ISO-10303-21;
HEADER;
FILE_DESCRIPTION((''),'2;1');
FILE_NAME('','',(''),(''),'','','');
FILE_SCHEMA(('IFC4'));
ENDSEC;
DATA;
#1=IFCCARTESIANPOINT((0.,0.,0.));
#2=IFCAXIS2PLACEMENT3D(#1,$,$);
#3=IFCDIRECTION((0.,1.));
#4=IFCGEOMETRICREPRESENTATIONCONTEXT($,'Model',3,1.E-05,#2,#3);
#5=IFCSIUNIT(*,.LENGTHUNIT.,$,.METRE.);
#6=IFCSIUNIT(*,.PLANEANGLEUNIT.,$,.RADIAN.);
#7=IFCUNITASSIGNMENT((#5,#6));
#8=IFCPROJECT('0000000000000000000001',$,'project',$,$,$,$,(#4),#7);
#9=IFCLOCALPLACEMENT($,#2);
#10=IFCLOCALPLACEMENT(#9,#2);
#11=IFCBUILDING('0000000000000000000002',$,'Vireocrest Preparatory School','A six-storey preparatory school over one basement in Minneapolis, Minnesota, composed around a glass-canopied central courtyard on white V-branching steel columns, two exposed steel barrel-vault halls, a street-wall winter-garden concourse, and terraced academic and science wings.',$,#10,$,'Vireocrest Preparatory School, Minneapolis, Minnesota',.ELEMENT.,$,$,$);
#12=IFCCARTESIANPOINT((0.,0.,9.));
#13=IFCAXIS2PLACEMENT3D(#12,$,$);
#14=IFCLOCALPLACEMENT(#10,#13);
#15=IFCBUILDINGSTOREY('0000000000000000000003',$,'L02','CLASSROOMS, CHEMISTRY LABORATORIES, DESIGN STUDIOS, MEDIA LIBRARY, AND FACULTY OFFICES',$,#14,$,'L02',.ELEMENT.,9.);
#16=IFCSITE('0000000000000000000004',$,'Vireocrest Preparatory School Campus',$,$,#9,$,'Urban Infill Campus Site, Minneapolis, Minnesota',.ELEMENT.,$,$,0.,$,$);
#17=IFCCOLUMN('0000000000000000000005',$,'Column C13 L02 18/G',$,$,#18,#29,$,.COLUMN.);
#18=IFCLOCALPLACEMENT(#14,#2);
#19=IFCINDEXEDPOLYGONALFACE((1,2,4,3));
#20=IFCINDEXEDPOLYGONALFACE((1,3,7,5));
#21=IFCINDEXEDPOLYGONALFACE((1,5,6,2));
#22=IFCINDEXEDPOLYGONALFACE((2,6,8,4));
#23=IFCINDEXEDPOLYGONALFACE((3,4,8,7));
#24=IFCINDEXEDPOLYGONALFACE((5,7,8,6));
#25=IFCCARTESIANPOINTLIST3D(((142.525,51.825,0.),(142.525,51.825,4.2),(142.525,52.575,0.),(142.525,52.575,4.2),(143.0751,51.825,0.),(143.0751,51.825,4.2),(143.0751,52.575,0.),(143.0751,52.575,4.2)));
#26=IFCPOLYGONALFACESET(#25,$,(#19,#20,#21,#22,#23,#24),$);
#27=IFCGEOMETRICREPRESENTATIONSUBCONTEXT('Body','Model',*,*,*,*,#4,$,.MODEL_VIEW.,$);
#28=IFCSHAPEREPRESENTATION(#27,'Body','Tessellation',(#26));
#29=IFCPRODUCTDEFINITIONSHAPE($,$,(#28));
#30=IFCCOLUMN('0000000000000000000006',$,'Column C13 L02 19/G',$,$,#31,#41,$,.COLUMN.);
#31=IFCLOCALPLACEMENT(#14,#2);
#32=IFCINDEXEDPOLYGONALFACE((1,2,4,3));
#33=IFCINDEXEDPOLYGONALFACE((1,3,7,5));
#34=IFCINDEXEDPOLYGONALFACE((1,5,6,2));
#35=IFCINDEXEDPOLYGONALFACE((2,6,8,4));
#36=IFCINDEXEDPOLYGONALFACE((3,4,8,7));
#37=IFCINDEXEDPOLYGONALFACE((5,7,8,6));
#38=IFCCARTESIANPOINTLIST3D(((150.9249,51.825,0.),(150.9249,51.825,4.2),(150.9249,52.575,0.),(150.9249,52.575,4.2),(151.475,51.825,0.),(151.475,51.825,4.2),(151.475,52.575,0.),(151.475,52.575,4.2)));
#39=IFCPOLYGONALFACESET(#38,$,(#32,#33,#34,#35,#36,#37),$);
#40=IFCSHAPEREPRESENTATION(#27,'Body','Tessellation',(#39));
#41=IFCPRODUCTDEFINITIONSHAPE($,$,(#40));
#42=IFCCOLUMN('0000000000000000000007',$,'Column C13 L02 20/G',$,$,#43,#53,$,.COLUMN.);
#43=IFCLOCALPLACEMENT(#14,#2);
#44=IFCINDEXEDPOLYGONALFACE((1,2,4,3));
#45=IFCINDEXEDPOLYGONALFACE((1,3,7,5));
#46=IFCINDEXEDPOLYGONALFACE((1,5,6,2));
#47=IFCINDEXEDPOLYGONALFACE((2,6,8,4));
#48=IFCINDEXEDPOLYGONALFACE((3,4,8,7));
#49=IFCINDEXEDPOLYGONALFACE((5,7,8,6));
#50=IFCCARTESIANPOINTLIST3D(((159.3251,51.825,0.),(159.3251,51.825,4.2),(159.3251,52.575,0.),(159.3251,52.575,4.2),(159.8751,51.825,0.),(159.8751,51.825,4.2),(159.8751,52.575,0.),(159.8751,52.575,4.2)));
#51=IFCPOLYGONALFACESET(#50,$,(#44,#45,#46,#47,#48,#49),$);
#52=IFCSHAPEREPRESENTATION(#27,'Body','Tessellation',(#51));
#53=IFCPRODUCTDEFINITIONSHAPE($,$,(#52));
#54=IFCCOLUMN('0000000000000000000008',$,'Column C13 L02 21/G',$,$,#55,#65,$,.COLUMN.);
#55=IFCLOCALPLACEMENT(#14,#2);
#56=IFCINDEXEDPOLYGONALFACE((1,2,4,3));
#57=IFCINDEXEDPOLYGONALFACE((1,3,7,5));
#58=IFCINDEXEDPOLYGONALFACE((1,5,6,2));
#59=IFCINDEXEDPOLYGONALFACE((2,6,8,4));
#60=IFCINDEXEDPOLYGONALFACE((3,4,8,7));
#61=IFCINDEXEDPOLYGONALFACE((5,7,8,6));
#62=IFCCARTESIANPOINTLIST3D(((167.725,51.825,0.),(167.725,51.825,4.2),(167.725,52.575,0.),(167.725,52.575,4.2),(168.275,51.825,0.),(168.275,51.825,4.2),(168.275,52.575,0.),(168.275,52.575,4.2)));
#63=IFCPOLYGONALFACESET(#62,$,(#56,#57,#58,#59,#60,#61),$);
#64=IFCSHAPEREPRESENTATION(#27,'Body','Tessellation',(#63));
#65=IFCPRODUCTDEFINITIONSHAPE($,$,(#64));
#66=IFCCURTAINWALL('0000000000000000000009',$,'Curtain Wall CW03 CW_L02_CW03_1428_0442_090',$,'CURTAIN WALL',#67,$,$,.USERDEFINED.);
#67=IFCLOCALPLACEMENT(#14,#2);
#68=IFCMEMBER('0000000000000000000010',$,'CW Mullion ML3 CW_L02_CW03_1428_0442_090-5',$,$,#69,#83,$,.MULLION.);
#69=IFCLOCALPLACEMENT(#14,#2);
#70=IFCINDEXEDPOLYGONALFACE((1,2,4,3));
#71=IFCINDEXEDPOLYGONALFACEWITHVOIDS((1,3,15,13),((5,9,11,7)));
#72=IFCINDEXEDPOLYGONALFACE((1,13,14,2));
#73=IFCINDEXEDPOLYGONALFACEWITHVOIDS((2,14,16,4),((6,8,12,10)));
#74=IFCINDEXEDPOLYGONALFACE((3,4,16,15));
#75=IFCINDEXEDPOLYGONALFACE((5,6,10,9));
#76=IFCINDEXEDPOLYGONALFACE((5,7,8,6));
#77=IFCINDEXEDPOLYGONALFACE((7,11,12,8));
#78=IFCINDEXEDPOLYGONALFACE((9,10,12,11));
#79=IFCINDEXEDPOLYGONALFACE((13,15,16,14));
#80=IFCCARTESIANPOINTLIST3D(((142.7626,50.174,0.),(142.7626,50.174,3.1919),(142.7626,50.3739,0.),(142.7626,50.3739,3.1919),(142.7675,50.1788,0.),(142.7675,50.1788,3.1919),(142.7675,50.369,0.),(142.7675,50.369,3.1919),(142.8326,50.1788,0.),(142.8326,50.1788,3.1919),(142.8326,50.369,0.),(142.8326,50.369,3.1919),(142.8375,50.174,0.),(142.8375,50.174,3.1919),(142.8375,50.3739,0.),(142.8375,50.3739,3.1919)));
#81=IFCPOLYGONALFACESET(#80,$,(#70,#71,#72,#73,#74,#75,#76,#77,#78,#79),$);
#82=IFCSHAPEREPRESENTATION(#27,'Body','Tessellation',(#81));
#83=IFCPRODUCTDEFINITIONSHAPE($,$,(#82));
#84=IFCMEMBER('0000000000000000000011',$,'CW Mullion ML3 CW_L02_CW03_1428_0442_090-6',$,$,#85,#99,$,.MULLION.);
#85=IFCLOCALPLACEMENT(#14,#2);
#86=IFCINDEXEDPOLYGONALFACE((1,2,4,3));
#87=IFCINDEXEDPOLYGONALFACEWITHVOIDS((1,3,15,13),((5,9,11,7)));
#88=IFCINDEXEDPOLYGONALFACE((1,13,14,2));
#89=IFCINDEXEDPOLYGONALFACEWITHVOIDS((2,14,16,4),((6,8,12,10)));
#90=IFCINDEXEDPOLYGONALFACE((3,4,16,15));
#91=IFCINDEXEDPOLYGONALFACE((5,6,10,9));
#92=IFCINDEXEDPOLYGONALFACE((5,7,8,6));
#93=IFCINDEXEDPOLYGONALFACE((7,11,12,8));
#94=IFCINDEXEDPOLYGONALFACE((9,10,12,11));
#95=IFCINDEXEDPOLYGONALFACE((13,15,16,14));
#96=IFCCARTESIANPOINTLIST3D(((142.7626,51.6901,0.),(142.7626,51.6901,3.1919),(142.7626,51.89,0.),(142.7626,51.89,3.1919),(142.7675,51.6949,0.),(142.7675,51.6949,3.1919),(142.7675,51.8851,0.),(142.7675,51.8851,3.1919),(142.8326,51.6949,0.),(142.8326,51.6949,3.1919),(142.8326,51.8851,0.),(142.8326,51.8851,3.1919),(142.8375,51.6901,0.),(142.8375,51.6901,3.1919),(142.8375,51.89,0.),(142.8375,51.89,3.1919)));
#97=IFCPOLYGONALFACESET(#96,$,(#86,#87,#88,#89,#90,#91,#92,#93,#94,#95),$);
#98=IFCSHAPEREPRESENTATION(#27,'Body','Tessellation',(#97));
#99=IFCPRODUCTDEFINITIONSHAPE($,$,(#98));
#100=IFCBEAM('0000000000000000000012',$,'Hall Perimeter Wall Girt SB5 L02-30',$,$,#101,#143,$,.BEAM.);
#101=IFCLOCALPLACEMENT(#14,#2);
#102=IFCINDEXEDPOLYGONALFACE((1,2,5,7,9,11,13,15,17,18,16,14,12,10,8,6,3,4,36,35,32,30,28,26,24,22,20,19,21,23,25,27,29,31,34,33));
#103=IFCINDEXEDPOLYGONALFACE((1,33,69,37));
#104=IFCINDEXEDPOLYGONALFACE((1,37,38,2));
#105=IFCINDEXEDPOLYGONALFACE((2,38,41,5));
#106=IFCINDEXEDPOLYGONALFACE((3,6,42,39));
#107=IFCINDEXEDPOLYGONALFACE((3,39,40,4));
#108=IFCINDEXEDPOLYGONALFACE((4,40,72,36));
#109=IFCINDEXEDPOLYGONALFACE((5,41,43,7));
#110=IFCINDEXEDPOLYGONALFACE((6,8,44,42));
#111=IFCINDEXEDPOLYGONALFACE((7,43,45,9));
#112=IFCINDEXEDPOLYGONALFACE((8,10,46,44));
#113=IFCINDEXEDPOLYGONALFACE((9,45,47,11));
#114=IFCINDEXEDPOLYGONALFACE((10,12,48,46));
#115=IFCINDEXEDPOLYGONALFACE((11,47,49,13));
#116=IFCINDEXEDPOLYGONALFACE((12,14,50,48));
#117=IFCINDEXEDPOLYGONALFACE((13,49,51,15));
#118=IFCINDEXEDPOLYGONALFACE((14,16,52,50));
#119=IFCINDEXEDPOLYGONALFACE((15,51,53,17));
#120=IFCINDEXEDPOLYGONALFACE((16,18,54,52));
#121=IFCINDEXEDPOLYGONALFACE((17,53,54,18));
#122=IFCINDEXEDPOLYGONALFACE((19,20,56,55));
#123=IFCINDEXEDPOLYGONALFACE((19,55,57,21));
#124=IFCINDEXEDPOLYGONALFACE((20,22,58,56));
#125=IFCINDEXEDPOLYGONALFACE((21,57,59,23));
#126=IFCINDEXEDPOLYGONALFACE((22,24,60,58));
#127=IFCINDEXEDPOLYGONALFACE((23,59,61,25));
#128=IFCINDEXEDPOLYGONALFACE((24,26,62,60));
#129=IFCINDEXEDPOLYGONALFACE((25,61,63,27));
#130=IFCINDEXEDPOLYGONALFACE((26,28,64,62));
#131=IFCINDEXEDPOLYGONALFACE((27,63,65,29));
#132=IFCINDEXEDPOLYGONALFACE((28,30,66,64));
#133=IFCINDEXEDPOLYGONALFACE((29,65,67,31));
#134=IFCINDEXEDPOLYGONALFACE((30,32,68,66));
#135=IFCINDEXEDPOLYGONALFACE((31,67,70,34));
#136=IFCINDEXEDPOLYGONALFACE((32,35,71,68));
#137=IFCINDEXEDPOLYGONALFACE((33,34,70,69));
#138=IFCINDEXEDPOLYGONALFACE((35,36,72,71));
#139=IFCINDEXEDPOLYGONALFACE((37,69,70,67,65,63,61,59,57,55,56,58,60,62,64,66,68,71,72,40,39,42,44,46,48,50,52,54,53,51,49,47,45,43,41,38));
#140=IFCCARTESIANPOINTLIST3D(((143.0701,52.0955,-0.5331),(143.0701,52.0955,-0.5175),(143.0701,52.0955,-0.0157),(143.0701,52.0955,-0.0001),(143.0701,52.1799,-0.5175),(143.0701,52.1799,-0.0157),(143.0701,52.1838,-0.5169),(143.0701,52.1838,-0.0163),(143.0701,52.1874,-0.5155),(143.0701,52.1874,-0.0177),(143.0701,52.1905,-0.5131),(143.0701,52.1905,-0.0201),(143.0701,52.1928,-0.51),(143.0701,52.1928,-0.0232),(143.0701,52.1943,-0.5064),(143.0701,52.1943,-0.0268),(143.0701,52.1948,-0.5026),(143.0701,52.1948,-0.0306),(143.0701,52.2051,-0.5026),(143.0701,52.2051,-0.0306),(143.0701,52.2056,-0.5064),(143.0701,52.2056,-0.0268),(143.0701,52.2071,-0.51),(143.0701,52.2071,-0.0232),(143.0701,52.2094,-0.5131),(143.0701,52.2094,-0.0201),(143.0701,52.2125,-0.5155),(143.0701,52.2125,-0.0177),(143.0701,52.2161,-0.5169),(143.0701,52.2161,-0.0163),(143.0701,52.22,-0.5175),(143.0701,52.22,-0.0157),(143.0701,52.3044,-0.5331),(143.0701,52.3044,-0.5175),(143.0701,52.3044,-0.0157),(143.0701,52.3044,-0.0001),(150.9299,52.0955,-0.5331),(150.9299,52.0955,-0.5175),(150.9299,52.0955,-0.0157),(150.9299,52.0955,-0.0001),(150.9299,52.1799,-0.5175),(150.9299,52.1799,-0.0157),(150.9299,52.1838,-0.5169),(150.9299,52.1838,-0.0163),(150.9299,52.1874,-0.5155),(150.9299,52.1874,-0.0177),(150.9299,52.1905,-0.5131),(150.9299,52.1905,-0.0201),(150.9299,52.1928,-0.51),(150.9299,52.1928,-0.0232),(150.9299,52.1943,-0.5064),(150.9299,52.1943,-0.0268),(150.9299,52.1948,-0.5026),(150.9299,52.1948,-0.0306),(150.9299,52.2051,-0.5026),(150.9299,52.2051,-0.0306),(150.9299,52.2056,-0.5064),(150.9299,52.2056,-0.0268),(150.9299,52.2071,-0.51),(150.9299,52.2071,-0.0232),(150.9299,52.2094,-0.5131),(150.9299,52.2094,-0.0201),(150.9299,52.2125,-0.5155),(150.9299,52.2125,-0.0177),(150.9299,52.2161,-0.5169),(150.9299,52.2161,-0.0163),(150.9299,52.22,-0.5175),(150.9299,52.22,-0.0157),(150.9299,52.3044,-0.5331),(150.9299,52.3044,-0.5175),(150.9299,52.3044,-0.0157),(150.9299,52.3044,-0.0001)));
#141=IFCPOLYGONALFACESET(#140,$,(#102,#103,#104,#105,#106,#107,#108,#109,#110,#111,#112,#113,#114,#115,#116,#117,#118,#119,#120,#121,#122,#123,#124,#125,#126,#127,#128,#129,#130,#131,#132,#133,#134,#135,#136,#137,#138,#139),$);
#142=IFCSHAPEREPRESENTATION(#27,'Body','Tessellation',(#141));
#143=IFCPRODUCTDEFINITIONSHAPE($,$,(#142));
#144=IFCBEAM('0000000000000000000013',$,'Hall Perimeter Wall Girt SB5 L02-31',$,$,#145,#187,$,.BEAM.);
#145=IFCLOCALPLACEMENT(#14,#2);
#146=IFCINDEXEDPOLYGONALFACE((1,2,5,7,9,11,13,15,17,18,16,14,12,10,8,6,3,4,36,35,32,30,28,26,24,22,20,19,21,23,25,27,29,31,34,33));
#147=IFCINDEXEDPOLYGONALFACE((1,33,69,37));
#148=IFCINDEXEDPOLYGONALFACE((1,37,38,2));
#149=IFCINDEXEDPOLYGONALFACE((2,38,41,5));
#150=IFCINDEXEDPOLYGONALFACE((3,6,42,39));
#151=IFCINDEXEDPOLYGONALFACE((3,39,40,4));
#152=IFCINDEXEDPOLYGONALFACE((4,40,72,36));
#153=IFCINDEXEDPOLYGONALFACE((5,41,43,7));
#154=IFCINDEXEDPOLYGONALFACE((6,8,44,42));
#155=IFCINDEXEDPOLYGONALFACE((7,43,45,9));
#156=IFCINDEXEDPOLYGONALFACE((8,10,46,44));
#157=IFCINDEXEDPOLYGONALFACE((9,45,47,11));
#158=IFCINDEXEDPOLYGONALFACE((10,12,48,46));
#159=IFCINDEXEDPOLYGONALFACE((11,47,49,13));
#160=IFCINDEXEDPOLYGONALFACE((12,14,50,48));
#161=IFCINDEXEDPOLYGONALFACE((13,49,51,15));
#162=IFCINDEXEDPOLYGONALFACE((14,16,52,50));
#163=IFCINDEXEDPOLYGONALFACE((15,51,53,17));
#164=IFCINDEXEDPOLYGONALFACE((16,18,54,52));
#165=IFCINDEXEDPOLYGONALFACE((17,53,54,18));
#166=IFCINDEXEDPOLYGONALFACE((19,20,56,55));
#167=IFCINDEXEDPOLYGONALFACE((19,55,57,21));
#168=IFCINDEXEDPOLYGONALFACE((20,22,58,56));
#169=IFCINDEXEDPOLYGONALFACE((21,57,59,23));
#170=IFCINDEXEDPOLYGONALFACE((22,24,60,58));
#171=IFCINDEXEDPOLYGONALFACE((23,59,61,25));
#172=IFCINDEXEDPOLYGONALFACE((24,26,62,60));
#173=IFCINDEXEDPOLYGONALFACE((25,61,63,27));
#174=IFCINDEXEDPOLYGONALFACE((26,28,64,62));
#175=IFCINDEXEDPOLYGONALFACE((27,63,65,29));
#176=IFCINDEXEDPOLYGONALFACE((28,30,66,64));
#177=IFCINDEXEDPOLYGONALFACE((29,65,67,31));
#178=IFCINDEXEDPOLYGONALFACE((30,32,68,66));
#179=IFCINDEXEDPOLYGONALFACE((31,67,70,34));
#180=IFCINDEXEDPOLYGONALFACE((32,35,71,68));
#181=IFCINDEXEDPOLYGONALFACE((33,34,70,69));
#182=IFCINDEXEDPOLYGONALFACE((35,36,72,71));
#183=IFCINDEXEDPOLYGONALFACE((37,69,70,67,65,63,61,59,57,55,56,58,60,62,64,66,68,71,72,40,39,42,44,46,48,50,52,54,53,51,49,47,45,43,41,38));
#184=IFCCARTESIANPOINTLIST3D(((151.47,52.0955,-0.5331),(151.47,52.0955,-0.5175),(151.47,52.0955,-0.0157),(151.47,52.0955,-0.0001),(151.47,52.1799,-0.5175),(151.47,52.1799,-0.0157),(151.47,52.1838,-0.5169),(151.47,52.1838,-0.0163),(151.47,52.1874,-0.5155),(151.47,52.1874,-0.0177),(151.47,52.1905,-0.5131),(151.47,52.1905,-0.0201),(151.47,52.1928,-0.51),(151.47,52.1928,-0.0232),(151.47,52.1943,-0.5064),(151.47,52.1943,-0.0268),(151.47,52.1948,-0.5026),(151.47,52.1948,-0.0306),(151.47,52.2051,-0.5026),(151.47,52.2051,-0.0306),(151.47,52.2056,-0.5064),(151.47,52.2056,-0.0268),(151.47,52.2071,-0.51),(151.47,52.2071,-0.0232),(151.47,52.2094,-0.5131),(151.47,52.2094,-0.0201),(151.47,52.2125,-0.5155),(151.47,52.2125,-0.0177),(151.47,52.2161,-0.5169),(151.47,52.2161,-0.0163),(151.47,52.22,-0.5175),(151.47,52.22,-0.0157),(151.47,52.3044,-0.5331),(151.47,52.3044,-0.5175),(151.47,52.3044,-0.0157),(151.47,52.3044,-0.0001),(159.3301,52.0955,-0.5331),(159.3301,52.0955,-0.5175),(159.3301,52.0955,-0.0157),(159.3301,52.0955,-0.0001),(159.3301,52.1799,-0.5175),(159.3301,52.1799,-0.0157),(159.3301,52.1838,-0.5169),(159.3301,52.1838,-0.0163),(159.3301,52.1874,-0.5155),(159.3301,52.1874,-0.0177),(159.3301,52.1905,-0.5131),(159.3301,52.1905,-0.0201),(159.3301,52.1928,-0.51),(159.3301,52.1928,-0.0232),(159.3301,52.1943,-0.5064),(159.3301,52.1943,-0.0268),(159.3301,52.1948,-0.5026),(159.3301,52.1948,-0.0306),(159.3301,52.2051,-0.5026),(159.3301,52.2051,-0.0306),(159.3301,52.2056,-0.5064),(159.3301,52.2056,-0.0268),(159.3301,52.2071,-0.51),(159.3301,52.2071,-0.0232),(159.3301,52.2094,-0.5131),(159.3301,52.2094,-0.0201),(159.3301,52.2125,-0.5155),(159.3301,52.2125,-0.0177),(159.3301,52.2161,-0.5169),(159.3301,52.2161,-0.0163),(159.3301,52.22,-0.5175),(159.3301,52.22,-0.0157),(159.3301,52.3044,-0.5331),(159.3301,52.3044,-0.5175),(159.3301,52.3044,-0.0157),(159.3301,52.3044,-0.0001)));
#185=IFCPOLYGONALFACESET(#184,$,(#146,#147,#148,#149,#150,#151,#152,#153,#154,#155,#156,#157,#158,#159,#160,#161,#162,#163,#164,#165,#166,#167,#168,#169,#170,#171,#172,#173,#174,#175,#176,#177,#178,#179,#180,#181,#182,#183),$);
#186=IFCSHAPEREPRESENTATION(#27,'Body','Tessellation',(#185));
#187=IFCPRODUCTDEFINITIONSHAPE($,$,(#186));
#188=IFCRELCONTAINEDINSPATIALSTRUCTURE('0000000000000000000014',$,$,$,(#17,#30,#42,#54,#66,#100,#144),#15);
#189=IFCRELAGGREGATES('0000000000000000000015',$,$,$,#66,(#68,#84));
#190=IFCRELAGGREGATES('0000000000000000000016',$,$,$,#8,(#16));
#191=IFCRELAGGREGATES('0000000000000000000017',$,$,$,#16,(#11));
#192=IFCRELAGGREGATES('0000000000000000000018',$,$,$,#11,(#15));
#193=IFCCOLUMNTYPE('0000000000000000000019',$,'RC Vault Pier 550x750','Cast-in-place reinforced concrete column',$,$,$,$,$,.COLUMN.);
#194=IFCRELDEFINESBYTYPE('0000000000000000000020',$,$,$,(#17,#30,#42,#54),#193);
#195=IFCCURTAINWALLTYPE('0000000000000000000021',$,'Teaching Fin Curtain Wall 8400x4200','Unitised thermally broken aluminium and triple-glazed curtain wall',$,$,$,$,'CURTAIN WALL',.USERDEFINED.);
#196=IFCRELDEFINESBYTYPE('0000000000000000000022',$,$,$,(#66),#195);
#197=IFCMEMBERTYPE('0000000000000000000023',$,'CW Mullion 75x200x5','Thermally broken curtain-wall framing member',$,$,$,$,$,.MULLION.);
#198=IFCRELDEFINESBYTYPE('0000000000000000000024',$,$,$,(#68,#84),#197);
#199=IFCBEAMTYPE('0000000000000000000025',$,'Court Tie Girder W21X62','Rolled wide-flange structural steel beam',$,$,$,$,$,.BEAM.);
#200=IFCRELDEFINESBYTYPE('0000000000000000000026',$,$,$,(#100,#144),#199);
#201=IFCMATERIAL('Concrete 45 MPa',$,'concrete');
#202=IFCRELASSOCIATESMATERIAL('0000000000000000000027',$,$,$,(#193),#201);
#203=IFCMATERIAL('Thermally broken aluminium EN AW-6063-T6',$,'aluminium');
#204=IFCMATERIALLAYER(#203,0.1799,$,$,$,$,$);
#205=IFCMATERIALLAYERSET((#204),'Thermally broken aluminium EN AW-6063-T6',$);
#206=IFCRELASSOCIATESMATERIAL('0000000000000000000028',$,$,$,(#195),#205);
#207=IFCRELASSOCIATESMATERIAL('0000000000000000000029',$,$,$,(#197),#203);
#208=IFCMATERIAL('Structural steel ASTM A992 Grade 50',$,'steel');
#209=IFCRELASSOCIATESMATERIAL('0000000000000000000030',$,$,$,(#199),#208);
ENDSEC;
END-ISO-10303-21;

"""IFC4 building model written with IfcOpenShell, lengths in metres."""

from ifc_helpers import new_model, si_unit, direction, frame, origin, origin_2d, place, context, subcontext, project, spatial, rectangle, hollow_rectangle, i_section, extrude, material, layer, layer_set, material_profile, profile_set, type_object, element, aggregate, save


model = new_model("IFC4")

# Units and contexts
model_context = context("Model", 3, precision=1e-05, world=origin(), true_north=direction((0.0, 1.0)))
body_context = subcontext(model_context, "Body", "Model", "MODEL_VIEW")
ifc_project = project(units=[si_unit("LENGTHUNIT", "METRE"), si_unit("PLANEANGLEUNIT", "RADIAN")], contexts=[model_context])

# Site, building, storey
site_placement = place(None, origin())
site = spatial("IfcSite", under=ifc_project, at=site_placement, Name="Vireocrest Preparatory School Campus", LongName="Urban Infill Campus Site, Minneapolis, Minnesota", CompositionType="ELEMENT", RefElevation=0.0)
building_placement = place(site_placement, origin())
building = spatial("IfcBuilding", under=site, at=building_placement, Name="Vireocrest Preparatory School", Description="A six-storey preparatory school over one basement in Minneapolis, Minnesota, composed around a glass-canopied central courtyard on white V-branching steel columns, two exposed steel barrel-vault halls, a street-wall winter-garden concourse, and terraced academic and science wings.", LongName="Vireocrest Preparatory School, Minneapolis, Minnesota", CompositionType="ELEMENT")
storey_placement = place(building_placement, frame((0.0, 0.0, 9.0)))
storey = spatial("IfcBuildingStorey", under=building, at=storey_placement, Name="L02", Description="CLASSROOMS, CHEMISTRY LABORATORIES, DESIGN STUDIOS, MEDIA LIBRARY, AND FACULTY OFFICES", LongName="L02", CompositionType="ELEMENT", Elevation=9.0)

# Columns
ifc_material_1 = material(Name="Concrete 45 MPa", Category="concrete")
ifc_material_profile_1 = material_profile(ifc_material_1, rectangle(XDim=0.55, YDim=0.75, at=origin_2d()), Name="RC 550x750")
ifc_profile_set_1 = profile_set([ifc_material_profile_1], Name="Concrete 45 MPa")
column_type = type_object("IfcColumnType", Name="RC Vault Pier 550x750", Description="Cast-in-place reinforced concrete column", PredefinedType="COLUMN", material=ifc_profile_set_1)
for number, where, z_axis, x_axis, name in (
    (1, (142.8, 52.2, 0.0), (0.0, 0.0, 1.0), (1.0, 0.0, 0.0), "Column C13 L02 18/G"),
    (2, (151.2, 52.2, 0.0), (0.0, 0.0, 1.0), (1.0, 0.0, 0.0), "Column C13 L02 19/G"),
    (3, (159.6001, 52.2, 0.0), (0.0, 0.0, 1.0), (1.0, 0.0, 0.0), "Column C13 L02 20/G"),
    (4, (168.0, 52.2, 0.0), (0.0, 0.0, 1.0), (1.0, 0.0, 0.0), "Column C13 L02 21/G"),
):
    element("IfcColumn", number, at=place(storey_placement, frame(where, z_axis=z_axis, x_axis=x_axis)), inside=storey, type_object=column_type, Name=name, PredefinedType="COLUMN", context=body_context, shape_type="SweptSolid", body=[
        extrude(rectangle(XDim=0.55, YDim=0.75, at=origin_2d()), origin(), (0.0, 0.0, 1.0), 4.2),
    ])

# Curtain wall, members
ifc_material_2 = material(Name="Thermally broken aluminium EN AW-6063-T6", Category="aluminium")
ifc_layer_1 = layer(ifc_material_2, 0.1799)
ifc_layer_set_1 = layer_set([ifc_layer_1], Name="Thermally broken aluminium EN AW-6063-T6")
curtain_wall_type = type_object("IfcCurtainWallType", Name="Teaching Fin Curtain Wall 8400x4200", Description="Unitised thermally broken aluminium and triple-glazed curtain wall", ElementType="CURTAIN WALL", PredefinedType="USERDEFINED", material=ifc_layer_set_1)
curtain_wall_placement = place(storey_placement, origin())
curtain_wall = element("IfcCurtainWall", 5, at=curtain_wall_placement, inside=storey, type_object=curtain_wall_type, Name="Curtain Wall CW03 CW_L02_CW03_1428_0442_090", ObjectType="CURTAIN WALL", PredefinedType="USERDEFINED")
ifc_material_profile_2 = material_profile(ifc_material_2, hollow_rectangle(XDim=0.075, YDim=0.2, WallThickness=0.0049, at=origin_2d()), Name="ALU 75x200x5")
ifc_profile_set_2 = profile_set([ifc_material_profile_2], Name="Thermally broken aluminium EN AW-6063-T6")
member_type = type_object("IfcMemberType", Name="CW Mullion 75x200x5", Description="Thermally broken curtain-wall framing member", PredefinedType="MULLION", material=ifc_profile_set_2)
member_1_placement = place(storey_placement, frame((142.8, 50.2739, 0.0), z_axis=(0.0, 0.0, 1.0), x_axis=(1.0, 0.0, 0.0)))
member_1 = element("IfcMember", 6, at=member_1_placement, type_object=member_type, Name="CW Mullion ML3 CW_L02_CW03_1428_0442_090-5", PredefinedType="MULLION", context=body_context, shape_type="SweptSolid", body=[
    extrude(hollow_rectangle(XDim=0.075, YDim=0.2, WallThickness=0.0049, at=origin_2d()), origin(), (0.0, 0.0, 1.0), 3.1919),
])
member_2_placement = place(storey_placement, frame((142.8, 51.79, 0.0), z_axis=(0.0, 0.0, 1.0), x_axis=(1.0, 0.0, 0.0)))
member_2 = element("IfcMember", 7, at=member_2_placement, type_object=member_type, Name="CW Mullion ML3 CW_L02_CW03_1428_0442_090-6", PredefinedType="MULLION", context=body_context, shape_type="SweptSolid", body=[
    extrude(hollow_rectangle(XDim=0.075, YDim=0.2, WallThickness=0.0049, at=origin_2d()), origin(), (0.0, 0.0, 1.0), 3.1919),
])

# Beams
ifc_material_3 = material(Name="Structural steel ASTM A992 Grade 50", Category="steel")
ifc_material_profile_3 = material_profile(ifc_material_3, i_section(OverallWidth=0.209, OverallDepth=0.533, WebThickness=0.0103, FlangeThickness=0.0156, FilletRadius=0.0149, at=origin_2d()), Name="W21X62")
ifc_profile_set_3 = profile_set([ifc_material_profile_3], Name="Structural steel ASTM A992 Grade 50")
beam_type = type_object("IfcBeamType", Name="Court Tie Girder W21X62", Description="Rolled wide-flange structural steel beam", PredefinedType="BEAM", material=ifc_profile_set_3)
beam_1_placement = place(storey_placement, frame((143.0701, 52.2, -0.2666), z_axis=(1.0, 0.0, 0.0), x_axis=(0.0, 1.0, 0.0)))
element("IfcBeam", 8, at=beam_1_placement, inside=storey, type_object=beam_type, Name="Hall Perimeter Wall Girt SB5 L02-30", PredefinedType="BEAM", context=body_context, shape_type="SweptSolid", body=[
    extrude(i_section(OverallWidth=0.209, OverallDepth=0.533, WebThickness=0.0103, FlangeThickness=0.0156, FilletRadius=0.0149, at=origin_2d()), origin(), (0.0, 0.0, 1.0), 7.8599),
])
beam_2_placement = place(storey_placement, frame((151.47, 52.2, -0.2666), z_axis=(1.0, 0.0, 0.0), x_axis=(0.0, 1.0, 0.0)))
element("IfcBeam", 9, at=beam_2_placement, inside=storey, type_object=beam_type, Name="Hall Perimeter Wall Girt SB5 L02-31", PredefinedType="BEAM", context=body_context, shape_type="SweptSolid", body=[
    extrude(i_section(OverallWidth=0.209, OverallDepth=0.533, WebThickness=0.0103, FlangeThickness=0.0156, FilletRadius=0.0149, at=origin_2d()), origin(), (0.0, 0.0, 1.0), 7.8601),
])

aggregate(curtain_wall, [member_1, member_2])

save(model, "model.ifc")
